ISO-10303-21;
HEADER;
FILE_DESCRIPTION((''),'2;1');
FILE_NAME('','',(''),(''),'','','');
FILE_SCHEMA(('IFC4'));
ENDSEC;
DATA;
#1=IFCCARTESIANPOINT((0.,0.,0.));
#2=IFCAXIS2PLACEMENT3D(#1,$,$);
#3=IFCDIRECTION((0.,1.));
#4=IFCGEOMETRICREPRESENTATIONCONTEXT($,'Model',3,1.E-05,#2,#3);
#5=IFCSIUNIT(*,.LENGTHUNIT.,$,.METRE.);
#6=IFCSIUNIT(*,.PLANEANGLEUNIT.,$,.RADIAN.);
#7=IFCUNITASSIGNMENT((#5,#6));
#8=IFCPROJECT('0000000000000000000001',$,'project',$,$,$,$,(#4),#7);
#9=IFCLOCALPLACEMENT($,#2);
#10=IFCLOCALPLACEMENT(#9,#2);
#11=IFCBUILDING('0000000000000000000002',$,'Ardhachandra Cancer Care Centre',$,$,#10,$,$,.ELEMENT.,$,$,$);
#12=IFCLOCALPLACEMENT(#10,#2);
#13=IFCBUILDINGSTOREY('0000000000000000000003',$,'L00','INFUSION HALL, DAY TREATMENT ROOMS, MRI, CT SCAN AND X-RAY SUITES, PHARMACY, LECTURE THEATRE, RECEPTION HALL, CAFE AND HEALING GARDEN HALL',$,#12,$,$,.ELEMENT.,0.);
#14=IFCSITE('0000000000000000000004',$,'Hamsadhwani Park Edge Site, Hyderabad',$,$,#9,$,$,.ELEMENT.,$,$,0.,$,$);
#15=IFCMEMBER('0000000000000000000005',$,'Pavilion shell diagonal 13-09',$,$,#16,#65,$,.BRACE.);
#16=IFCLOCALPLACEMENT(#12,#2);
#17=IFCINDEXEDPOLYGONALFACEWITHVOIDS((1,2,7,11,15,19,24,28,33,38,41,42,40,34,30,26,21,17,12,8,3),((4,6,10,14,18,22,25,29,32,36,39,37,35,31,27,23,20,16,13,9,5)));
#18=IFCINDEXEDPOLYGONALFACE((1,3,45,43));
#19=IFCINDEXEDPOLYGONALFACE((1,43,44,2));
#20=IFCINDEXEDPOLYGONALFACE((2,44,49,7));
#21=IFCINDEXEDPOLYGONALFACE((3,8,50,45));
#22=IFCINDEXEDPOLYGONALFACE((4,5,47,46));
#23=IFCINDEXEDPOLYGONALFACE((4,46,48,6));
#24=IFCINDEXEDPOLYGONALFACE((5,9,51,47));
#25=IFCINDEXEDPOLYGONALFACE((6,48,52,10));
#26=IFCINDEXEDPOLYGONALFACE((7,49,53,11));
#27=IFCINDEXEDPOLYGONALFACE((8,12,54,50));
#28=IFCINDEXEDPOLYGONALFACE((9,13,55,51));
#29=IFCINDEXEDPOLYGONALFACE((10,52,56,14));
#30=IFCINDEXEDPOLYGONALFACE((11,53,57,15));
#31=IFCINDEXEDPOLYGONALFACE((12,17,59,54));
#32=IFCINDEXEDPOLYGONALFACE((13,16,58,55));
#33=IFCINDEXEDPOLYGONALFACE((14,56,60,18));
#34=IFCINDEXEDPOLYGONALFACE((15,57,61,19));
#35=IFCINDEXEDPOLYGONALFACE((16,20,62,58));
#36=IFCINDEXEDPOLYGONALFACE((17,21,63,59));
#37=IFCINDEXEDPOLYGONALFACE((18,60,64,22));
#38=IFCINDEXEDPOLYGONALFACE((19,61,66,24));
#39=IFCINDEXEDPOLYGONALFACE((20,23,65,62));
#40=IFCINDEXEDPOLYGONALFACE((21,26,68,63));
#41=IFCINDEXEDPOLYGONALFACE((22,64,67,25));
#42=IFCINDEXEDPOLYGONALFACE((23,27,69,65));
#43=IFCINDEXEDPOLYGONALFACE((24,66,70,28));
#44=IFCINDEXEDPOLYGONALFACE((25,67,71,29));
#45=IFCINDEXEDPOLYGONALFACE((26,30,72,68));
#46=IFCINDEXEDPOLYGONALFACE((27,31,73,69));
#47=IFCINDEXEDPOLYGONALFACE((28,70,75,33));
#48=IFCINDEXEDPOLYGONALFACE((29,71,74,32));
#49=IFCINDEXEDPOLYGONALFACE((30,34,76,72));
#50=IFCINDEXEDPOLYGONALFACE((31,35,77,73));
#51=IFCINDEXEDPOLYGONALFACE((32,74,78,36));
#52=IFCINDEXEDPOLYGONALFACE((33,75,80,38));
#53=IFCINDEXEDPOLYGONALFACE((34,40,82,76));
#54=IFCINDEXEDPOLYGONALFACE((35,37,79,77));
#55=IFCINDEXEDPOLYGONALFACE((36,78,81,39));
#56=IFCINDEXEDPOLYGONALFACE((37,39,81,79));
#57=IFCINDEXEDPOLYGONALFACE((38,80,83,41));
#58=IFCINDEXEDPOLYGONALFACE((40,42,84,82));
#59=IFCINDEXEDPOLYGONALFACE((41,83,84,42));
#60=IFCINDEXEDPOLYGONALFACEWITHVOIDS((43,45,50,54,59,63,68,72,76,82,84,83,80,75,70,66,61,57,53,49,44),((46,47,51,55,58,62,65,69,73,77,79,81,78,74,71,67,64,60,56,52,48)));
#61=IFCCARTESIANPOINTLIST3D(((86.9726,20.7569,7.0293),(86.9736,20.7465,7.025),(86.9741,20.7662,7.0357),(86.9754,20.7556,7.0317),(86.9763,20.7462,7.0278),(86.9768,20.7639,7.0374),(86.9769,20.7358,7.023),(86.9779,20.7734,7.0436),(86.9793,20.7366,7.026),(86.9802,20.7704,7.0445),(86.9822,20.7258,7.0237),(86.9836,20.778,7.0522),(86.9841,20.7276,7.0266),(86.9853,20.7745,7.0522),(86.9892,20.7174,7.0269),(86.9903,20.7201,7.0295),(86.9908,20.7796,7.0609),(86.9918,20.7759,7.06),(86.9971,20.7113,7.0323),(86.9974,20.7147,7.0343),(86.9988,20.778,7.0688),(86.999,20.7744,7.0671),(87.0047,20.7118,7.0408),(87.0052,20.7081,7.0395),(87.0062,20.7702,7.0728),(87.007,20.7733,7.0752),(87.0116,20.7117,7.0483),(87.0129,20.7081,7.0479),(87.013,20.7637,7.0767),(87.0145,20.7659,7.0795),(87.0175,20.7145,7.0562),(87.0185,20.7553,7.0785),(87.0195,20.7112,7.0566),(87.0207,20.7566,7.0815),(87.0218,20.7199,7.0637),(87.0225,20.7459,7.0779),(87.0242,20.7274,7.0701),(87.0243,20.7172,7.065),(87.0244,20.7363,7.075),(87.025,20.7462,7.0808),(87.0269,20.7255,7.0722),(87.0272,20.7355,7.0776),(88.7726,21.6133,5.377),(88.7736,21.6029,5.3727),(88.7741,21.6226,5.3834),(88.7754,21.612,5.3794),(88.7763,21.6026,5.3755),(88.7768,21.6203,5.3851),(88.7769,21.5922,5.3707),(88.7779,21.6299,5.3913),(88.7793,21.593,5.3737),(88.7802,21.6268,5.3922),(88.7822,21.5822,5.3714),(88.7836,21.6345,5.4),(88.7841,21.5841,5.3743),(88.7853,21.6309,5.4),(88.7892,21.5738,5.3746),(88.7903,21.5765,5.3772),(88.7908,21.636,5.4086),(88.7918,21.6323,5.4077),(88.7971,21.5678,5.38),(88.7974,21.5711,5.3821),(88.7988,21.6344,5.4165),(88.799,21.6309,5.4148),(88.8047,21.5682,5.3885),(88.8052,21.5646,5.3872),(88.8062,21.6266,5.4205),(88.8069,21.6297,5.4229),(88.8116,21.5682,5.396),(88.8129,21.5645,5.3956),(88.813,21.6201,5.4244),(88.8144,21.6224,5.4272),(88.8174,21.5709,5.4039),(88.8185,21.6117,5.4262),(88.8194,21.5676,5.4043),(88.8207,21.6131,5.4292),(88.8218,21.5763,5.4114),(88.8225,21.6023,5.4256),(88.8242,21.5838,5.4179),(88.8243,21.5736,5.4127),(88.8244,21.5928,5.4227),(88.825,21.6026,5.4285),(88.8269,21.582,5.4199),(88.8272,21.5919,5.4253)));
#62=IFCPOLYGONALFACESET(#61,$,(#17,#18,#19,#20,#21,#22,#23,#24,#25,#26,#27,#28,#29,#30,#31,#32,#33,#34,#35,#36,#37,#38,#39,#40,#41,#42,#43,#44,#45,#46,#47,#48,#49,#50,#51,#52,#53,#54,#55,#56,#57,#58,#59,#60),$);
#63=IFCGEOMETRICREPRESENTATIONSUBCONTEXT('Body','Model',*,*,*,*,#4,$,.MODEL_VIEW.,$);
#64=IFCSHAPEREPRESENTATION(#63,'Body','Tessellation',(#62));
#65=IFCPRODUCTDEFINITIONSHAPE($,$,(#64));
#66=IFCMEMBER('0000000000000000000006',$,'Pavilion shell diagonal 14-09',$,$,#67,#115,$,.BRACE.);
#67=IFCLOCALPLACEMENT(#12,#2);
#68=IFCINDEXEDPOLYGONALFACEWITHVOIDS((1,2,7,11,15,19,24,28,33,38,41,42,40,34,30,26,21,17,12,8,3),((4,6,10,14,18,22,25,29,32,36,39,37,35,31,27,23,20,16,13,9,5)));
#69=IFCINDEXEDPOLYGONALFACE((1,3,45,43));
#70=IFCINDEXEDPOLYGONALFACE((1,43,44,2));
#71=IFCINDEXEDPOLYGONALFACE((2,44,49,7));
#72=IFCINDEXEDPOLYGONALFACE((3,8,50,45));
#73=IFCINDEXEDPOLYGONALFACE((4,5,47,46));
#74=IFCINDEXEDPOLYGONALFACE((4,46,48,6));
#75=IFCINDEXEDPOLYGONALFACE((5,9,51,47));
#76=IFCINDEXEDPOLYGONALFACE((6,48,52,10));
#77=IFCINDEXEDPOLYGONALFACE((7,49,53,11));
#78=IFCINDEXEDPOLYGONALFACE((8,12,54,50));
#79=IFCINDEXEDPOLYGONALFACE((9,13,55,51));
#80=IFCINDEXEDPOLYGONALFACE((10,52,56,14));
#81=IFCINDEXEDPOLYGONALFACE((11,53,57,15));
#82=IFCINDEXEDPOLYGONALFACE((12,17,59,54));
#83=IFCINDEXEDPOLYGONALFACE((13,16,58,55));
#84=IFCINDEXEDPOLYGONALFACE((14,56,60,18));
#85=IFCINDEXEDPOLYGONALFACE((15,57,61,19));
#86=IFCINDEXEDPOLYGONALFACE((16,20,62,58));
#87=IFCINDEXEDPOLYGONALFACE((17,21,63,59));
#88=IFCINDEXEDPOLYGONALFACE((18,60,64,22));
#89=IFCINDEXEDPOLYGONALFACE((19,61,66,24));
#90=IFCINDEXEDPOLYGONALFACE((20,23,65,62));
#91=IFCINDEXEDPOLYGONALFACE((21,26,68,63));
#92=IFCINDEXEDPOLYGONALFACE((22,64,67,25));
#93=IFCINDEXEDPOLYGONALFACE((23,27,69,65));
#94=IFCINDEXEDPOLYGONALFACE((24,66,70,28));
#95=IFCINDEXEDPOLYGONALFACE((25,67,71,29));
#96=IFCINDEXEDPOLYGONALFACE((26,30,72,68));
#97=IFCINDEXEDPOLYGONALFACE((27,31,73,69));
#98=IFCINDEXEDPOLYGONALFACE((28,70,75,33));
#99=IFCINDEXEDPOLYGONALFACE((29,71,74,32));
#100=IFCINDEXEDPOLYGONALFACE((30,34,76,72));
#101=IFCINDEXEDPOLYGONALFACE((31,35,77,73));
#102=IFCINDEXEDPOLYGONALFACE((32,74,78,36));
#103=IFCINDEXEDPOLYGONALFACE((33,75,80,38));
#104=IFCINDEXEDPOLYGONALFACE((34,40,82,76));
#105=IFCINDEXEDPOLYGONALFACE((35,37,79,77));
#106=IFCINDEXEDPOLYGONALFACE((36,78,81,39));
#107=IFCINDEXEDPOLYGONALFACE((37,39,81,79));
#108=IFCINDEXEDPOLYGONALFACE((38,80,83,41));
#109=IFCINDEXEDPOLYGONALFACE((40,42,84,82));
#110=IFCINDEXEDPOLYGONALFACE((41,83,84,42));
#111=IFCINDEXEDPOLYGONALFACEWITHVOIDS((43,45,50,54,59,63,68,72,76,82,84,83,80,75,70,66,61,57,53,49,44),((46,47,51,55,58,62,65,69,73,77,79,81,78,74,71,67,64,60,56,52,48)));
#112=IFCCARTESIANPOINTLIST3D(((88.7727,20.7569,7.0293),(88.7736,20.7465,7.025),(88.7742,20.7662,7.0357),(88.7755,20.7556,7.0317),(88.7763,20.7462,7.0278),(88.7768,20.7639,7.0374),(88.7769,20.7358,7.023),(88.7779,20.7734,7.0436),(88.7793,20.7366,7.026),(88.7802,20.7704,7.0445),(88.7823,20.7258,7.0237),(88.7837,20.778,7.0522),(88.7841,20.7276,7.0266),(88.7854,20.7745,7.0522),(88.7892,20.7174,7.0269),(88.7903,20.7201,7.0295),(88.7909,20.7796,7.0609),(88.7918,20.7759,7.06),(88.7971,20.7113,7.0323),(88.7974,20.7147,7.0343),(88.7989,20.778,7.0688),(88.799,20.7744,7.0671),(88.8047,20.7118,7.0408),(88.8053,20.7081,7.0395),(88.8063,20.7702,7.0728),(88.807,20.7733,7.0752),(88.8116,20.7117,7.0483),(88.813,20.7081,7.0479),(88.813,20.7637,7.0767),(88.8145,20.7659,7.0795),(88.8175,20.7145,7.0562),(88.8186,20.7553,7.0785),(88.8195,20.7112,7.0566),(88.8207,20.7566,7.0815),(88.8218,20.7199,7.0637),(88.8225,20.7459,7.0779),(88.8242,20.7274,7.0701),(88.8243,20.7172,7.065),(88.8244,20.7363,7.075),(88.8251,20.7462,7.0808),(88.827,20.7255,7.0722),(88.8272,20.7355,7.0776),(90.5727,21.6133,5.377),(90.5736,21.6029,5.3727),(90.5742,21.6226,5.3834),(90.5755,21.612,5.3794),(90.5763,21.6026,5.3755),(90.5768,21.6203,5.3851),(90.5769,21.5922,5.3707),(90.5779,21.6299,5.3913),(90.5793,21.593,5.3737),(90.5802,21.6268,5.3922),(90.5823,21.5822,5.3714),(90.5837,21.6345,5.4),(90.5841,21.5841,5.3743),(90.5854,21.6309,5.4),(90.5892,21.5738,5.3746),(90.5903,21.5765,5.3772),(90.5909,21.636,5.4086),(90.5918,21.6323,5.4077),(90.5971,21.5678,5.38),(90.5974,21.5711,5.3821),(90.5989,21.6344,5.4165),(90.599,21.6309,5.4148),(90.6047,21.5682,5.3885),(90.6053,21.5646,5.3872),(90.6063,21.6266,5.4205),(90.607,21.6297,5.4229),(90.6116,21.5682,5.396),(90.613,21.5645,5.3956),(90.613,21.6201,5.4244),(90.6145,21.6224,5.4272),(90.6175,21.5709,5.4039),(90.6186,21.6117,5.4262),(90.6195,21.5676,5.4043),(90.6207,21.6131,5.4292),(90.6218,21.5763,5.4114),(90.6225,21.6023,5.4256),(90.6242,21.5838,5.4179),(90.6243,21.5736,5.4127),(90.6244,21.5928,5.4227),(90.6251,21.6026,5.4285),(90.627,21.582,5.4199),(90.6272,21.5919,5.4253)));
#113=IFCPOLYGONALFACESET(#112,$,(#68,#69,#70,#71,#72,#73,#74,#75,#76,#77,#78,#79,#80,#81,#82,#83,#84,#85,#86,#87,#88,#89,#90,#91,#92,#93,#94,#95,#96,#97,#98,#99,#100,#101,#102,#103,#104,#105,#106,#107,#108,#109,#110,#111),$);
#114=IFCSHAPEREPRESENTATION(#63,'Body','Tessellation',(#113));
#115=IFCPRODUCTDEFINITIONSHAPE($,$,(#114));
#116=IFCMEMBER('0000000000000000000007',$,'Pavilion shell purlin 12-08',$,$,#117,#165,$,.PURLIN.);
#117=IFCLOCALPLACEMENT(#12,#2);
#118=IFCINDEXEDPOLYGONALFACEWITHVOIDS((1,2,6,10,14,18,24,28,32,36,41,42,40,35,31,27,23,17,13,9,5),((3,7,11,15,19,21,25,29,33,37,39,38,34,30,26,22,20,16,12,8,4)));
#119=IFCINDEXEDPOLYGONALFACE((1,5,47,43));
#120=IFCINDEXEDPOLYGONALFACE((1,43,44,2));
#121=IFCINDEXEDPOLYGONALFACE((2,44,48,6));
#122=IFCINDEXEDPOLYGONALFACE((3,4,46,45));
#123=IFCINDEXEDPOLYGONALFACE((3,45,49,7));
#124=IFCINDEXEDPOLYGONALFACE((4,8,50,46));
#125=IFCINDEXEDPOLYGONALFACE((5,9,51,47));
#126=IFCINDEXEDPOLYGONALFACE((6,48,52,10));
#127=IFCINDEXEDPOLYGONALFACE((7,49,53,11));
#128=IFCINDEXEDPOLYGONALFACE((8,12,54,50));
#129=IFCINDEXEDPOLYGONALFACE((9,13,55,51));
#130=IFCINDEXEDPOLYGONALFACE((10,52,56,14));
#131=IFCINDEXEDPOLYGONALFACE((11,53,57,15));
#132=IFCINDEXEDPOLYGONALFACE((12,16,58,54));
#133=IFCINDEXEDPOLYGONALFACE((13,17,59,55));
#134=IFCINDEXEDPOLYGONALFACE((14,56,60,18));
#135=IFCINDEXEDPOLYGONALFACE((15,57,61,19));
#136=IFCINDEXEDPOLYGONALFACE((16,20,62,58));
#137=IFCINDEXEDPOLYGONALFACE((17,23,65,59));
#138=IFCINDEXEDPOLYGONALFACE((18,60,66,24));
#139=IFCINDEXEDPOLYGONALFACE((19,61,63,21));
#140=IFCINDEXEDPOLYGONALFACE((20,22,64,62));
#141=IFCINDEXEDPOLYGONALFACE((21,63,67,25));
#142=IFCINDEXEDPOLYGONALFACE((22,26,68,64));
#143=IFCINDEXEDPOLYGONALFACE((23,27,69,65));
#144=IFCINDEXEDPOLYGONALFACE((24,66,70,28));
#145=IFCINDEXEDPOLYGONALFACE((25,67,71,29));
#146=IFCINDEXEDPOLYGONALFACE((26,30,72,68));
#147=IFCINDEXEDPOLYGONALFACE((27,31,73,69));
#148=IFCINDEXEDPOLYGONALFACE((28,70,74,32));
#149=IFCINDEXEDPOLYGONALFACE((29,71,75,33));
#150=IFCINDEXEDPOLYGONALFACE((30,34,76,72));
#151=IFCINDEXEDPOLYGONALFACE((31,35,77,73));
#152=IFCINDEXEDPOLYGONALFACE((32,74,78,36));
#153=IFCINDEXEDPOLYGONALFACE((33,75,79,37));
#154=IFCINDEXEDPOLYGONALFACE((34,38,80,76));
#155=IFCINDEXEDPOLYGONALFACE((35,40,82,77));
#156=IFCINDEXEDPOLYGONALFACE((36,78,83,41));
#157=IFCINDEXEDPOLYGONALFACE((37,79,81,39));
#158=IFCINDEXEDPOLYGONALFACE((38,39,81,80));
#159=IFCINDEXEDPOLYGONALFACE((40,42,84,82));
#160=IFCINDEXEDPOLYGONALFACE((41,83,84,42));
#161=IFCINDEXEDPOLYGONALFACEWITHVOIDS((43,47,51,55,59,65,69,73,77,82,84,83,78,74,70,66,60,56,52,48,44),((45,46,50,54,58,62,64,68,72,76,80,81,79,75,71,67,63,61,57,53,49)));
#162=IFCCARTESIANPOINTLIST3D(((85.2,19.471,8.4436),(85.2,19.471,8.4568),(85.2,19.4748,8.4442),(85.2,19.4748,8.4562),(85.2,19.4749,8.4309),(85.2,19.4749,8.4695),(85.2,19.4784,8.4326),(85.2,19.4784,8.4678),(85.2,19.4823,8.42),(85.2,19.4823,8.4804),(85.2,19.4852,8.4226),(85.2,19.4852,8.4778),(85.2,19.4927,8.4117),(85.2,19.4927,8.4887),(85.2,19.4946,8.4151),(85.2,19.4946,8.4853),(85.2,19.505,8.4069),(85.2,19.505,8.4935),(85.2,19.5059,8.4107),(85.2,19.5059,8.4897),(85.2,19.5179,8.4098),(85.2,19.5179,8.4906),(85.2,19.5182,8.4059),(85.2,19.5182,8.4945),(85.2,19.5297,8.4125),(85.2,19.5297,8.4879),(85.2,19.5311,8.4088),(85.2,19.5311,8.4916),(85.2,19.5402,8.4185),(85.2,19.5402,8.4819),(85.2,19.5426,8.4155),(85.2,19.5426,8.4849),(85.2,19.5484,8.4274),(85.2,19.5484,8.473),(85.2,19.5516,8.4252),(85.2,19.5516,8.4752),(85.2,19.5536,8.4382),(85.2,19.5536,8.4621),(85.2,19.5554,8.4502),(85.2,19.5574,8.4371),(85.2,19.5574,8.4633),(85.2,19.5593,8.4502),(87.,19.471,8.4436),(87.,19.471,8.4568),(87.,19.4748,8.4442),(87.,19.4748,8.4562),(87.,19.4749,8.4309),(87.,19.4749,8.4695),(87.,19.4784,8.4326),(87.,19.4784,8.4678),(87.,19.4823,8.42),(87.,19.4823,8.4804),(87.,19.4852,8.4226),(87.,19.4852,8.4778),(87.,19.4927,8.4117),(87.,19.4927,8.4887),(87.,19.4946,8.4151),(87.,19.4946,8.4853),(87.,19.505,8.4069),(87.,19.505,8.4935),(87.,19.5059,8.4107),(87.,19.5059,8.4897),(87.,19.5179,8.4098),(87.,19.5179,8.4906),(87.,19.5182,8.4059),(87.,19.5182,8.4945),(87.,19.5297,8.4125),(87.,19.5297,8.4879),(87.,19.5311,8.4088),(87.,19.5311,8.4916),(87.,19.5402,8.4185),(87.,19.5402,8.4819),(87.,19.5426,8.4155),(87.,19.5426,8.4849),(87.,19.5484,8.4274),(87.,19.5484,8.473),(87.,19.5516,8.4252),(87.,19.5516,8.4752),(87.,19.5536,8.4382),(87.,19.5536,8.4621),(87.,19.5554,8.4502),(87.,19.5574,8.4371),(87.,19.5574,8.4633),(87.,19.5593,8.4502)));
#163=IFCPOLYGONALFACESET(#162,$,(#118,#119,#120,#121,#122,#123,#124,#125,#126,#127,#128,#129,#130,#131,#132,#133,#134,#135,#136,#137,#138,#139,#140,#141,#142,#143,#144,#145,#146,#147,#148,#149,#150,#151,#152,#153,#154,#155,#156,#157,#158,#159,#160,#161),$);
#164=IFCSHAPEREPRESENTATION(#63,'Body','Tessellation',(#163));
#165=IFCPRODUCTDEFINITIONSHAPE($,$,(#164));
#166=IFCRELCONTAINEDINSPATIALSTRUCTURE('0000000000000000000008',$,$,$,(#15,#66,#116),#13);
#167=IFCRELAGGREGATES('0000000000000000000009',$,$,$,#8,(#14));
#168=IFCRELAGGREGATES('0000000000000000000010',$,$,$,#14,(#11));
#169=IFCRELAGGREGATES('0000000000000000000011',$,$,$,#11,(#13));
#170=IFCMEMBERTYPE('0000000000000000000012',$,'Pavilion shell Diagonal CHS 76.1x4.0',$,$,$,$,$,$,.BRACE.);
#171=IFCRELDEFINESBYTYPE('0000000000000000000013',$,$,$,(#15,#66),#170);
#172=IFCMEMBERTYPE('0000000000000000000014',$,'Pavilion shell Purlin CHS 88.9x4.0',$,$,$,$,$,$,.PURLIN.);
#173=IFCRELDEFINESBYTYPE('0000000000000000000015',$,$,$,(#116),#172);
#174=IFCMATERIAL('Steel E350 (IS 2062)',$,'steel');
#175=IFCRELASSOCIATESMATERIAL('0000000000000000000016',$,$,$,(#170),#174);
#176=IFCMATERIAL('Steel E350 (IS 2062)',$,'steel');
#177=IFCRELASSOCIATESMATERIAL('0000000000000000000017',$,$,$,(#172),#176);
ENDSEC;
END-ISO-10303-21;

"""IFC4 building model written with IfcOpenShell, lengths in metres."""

from ifc_helpers import new_model, si_unit, direction, frame, origin, origin_2d, place, context, subcontext, project, spatial, hollow_circle, extrude, material, material_profile, profile_set, type_object, element, save


model = new_model("IFC4")

# Units and contexts
model_context = context("Model", 3, precision=1e-05, world=origin(), true_north=direction((0.0, 1.0)))
body_context = subcontext(model_context, "Body", "Model", "MODEL_VIEW")
ifc_project = project(units=[si_unit("LENGTHUNIT", "METRE"), si_unit("PLANEANGLEUNIT", "RADIAN")], contexts=[model_context])

# Site, building, storey
site_placement = place(None, origin())
site = spatial("IfcSite", under=ifc_project, at=site_placement, Name="Hamsadhwani Park Edge Site, Hyderabad", CompositionType="ELEMENT", RefElevation=0.0)
building_placement = place(site_placement, origin())
building = spatial("IfcBuilding", under=site, at=building_placement, Name="Ardhachandra Cancer Care Centre", CompositionType="ELEMENT")
storey_placement = place(building_placement, origin())
storey = spatial("IfcBuildingStorey", under=building, at=storey_placement, Name="L00", Description="INFUSION HALL, DAY TREATMENT ROOMS, MRI, CT SCAN AND X-RAY SUITES, PHARMACY, LECTURE THEATRE, RECEPTION HALL, CAFE AND HEALING GARDEN HALL", CompositionType="ELEMENT", Elevation=0.0)

# Members
ifc_material_1 = material(Name="Steel E350 (IS 2062)", Category="steel")
ifc_material_profile_1 = material_profile(ifc_material_1, hollow_circle(Radius=0.0381, WallThickness=0.0039, at=origin_2d()), Name="CHS 76.1x4.0")
ifc_profile_set_1 = profile_set([ifc_material_profile_1], Name="Steel E350 (IS 2062)")
member_type_1 = type_object("IfcMemberType", Name="Pavilion shell Diagonal CHS 76.1x4.0", PredefinedType="BRACE", material=ifc_profile_set_1)
for number, where, z_axis, x_axis, name in (
    (1, (87.0, 20.7437, 7.0522), (0.695216, 0.330777, -0.63817), (-0.429639, 0.903001, 0.0), "Pavilion shell diagonal 13-09"),
    (2, (88.8, 20.7437, 7.0522), (0.695216, 0.330777, -0.63817), (-0.429639, 0.903001, 0.0), "Pavilion shell diagonal 14-09"),
):
    element("IfcMember", number, at=place(storey_placement, frame(where, z_axis=z_axis, x_axis=x_axis)), inside=storey, type_object=member_type_1, Name=name, PredefinedType="BRACE", context=body_context, shape_type="SweptSolid", body=[
        extrude(hollow_circle(Radius=0.0381, WallThickness=0.0039, at=origin_2d()), origin(), (0.0, 0.0, 1.0), 2.5891),
    ])
ifc_material_2 = material(Name="Steel E350 (IS 2062)", Category="steel")
ifc_material_profile_2 = material_profile(ifc_material_2, hollow_circle(Radius=0.0444, WallThickness=0.0039, at=origin_2d()), Name="CHS 88.9x4.0")
ifc_profile_set_2 = profile_set([ifc_material_profile_2], Name="Steel E350 (IS 2062)")
member_type_2 = type_object("IfcMemberType", Name="Pavilion shell Purlin CHS 88.9x4.0", PredefinedType="PURLIN", material=ifc_profile_set_2)
for number, where, z_axis, x_axis, name in (
    (3, (85.2, 19.5149, 8.4502), (1.0, 0.0, 0.0), (0.0, 1.0, 0.0), "Pavilion shell purlin 12-08"),
):
    element("IfcMember", number, at=place(storey_placement, frame(where, z_axis=z_axis, x_axis=x_axis)), inside=storey, type_object=member_type_2, Name=name, PredefinedType="PURLIN", context=body_context, shape_type="SweptSolid", body=[
        extrude(hollow_circle(Radius=0.0444, WallThickness=0.0039, at=origin_2d()), origin(), (0.0, 0.0, 1.0), 1.8),
    ])

save(model, "model.ifc")
